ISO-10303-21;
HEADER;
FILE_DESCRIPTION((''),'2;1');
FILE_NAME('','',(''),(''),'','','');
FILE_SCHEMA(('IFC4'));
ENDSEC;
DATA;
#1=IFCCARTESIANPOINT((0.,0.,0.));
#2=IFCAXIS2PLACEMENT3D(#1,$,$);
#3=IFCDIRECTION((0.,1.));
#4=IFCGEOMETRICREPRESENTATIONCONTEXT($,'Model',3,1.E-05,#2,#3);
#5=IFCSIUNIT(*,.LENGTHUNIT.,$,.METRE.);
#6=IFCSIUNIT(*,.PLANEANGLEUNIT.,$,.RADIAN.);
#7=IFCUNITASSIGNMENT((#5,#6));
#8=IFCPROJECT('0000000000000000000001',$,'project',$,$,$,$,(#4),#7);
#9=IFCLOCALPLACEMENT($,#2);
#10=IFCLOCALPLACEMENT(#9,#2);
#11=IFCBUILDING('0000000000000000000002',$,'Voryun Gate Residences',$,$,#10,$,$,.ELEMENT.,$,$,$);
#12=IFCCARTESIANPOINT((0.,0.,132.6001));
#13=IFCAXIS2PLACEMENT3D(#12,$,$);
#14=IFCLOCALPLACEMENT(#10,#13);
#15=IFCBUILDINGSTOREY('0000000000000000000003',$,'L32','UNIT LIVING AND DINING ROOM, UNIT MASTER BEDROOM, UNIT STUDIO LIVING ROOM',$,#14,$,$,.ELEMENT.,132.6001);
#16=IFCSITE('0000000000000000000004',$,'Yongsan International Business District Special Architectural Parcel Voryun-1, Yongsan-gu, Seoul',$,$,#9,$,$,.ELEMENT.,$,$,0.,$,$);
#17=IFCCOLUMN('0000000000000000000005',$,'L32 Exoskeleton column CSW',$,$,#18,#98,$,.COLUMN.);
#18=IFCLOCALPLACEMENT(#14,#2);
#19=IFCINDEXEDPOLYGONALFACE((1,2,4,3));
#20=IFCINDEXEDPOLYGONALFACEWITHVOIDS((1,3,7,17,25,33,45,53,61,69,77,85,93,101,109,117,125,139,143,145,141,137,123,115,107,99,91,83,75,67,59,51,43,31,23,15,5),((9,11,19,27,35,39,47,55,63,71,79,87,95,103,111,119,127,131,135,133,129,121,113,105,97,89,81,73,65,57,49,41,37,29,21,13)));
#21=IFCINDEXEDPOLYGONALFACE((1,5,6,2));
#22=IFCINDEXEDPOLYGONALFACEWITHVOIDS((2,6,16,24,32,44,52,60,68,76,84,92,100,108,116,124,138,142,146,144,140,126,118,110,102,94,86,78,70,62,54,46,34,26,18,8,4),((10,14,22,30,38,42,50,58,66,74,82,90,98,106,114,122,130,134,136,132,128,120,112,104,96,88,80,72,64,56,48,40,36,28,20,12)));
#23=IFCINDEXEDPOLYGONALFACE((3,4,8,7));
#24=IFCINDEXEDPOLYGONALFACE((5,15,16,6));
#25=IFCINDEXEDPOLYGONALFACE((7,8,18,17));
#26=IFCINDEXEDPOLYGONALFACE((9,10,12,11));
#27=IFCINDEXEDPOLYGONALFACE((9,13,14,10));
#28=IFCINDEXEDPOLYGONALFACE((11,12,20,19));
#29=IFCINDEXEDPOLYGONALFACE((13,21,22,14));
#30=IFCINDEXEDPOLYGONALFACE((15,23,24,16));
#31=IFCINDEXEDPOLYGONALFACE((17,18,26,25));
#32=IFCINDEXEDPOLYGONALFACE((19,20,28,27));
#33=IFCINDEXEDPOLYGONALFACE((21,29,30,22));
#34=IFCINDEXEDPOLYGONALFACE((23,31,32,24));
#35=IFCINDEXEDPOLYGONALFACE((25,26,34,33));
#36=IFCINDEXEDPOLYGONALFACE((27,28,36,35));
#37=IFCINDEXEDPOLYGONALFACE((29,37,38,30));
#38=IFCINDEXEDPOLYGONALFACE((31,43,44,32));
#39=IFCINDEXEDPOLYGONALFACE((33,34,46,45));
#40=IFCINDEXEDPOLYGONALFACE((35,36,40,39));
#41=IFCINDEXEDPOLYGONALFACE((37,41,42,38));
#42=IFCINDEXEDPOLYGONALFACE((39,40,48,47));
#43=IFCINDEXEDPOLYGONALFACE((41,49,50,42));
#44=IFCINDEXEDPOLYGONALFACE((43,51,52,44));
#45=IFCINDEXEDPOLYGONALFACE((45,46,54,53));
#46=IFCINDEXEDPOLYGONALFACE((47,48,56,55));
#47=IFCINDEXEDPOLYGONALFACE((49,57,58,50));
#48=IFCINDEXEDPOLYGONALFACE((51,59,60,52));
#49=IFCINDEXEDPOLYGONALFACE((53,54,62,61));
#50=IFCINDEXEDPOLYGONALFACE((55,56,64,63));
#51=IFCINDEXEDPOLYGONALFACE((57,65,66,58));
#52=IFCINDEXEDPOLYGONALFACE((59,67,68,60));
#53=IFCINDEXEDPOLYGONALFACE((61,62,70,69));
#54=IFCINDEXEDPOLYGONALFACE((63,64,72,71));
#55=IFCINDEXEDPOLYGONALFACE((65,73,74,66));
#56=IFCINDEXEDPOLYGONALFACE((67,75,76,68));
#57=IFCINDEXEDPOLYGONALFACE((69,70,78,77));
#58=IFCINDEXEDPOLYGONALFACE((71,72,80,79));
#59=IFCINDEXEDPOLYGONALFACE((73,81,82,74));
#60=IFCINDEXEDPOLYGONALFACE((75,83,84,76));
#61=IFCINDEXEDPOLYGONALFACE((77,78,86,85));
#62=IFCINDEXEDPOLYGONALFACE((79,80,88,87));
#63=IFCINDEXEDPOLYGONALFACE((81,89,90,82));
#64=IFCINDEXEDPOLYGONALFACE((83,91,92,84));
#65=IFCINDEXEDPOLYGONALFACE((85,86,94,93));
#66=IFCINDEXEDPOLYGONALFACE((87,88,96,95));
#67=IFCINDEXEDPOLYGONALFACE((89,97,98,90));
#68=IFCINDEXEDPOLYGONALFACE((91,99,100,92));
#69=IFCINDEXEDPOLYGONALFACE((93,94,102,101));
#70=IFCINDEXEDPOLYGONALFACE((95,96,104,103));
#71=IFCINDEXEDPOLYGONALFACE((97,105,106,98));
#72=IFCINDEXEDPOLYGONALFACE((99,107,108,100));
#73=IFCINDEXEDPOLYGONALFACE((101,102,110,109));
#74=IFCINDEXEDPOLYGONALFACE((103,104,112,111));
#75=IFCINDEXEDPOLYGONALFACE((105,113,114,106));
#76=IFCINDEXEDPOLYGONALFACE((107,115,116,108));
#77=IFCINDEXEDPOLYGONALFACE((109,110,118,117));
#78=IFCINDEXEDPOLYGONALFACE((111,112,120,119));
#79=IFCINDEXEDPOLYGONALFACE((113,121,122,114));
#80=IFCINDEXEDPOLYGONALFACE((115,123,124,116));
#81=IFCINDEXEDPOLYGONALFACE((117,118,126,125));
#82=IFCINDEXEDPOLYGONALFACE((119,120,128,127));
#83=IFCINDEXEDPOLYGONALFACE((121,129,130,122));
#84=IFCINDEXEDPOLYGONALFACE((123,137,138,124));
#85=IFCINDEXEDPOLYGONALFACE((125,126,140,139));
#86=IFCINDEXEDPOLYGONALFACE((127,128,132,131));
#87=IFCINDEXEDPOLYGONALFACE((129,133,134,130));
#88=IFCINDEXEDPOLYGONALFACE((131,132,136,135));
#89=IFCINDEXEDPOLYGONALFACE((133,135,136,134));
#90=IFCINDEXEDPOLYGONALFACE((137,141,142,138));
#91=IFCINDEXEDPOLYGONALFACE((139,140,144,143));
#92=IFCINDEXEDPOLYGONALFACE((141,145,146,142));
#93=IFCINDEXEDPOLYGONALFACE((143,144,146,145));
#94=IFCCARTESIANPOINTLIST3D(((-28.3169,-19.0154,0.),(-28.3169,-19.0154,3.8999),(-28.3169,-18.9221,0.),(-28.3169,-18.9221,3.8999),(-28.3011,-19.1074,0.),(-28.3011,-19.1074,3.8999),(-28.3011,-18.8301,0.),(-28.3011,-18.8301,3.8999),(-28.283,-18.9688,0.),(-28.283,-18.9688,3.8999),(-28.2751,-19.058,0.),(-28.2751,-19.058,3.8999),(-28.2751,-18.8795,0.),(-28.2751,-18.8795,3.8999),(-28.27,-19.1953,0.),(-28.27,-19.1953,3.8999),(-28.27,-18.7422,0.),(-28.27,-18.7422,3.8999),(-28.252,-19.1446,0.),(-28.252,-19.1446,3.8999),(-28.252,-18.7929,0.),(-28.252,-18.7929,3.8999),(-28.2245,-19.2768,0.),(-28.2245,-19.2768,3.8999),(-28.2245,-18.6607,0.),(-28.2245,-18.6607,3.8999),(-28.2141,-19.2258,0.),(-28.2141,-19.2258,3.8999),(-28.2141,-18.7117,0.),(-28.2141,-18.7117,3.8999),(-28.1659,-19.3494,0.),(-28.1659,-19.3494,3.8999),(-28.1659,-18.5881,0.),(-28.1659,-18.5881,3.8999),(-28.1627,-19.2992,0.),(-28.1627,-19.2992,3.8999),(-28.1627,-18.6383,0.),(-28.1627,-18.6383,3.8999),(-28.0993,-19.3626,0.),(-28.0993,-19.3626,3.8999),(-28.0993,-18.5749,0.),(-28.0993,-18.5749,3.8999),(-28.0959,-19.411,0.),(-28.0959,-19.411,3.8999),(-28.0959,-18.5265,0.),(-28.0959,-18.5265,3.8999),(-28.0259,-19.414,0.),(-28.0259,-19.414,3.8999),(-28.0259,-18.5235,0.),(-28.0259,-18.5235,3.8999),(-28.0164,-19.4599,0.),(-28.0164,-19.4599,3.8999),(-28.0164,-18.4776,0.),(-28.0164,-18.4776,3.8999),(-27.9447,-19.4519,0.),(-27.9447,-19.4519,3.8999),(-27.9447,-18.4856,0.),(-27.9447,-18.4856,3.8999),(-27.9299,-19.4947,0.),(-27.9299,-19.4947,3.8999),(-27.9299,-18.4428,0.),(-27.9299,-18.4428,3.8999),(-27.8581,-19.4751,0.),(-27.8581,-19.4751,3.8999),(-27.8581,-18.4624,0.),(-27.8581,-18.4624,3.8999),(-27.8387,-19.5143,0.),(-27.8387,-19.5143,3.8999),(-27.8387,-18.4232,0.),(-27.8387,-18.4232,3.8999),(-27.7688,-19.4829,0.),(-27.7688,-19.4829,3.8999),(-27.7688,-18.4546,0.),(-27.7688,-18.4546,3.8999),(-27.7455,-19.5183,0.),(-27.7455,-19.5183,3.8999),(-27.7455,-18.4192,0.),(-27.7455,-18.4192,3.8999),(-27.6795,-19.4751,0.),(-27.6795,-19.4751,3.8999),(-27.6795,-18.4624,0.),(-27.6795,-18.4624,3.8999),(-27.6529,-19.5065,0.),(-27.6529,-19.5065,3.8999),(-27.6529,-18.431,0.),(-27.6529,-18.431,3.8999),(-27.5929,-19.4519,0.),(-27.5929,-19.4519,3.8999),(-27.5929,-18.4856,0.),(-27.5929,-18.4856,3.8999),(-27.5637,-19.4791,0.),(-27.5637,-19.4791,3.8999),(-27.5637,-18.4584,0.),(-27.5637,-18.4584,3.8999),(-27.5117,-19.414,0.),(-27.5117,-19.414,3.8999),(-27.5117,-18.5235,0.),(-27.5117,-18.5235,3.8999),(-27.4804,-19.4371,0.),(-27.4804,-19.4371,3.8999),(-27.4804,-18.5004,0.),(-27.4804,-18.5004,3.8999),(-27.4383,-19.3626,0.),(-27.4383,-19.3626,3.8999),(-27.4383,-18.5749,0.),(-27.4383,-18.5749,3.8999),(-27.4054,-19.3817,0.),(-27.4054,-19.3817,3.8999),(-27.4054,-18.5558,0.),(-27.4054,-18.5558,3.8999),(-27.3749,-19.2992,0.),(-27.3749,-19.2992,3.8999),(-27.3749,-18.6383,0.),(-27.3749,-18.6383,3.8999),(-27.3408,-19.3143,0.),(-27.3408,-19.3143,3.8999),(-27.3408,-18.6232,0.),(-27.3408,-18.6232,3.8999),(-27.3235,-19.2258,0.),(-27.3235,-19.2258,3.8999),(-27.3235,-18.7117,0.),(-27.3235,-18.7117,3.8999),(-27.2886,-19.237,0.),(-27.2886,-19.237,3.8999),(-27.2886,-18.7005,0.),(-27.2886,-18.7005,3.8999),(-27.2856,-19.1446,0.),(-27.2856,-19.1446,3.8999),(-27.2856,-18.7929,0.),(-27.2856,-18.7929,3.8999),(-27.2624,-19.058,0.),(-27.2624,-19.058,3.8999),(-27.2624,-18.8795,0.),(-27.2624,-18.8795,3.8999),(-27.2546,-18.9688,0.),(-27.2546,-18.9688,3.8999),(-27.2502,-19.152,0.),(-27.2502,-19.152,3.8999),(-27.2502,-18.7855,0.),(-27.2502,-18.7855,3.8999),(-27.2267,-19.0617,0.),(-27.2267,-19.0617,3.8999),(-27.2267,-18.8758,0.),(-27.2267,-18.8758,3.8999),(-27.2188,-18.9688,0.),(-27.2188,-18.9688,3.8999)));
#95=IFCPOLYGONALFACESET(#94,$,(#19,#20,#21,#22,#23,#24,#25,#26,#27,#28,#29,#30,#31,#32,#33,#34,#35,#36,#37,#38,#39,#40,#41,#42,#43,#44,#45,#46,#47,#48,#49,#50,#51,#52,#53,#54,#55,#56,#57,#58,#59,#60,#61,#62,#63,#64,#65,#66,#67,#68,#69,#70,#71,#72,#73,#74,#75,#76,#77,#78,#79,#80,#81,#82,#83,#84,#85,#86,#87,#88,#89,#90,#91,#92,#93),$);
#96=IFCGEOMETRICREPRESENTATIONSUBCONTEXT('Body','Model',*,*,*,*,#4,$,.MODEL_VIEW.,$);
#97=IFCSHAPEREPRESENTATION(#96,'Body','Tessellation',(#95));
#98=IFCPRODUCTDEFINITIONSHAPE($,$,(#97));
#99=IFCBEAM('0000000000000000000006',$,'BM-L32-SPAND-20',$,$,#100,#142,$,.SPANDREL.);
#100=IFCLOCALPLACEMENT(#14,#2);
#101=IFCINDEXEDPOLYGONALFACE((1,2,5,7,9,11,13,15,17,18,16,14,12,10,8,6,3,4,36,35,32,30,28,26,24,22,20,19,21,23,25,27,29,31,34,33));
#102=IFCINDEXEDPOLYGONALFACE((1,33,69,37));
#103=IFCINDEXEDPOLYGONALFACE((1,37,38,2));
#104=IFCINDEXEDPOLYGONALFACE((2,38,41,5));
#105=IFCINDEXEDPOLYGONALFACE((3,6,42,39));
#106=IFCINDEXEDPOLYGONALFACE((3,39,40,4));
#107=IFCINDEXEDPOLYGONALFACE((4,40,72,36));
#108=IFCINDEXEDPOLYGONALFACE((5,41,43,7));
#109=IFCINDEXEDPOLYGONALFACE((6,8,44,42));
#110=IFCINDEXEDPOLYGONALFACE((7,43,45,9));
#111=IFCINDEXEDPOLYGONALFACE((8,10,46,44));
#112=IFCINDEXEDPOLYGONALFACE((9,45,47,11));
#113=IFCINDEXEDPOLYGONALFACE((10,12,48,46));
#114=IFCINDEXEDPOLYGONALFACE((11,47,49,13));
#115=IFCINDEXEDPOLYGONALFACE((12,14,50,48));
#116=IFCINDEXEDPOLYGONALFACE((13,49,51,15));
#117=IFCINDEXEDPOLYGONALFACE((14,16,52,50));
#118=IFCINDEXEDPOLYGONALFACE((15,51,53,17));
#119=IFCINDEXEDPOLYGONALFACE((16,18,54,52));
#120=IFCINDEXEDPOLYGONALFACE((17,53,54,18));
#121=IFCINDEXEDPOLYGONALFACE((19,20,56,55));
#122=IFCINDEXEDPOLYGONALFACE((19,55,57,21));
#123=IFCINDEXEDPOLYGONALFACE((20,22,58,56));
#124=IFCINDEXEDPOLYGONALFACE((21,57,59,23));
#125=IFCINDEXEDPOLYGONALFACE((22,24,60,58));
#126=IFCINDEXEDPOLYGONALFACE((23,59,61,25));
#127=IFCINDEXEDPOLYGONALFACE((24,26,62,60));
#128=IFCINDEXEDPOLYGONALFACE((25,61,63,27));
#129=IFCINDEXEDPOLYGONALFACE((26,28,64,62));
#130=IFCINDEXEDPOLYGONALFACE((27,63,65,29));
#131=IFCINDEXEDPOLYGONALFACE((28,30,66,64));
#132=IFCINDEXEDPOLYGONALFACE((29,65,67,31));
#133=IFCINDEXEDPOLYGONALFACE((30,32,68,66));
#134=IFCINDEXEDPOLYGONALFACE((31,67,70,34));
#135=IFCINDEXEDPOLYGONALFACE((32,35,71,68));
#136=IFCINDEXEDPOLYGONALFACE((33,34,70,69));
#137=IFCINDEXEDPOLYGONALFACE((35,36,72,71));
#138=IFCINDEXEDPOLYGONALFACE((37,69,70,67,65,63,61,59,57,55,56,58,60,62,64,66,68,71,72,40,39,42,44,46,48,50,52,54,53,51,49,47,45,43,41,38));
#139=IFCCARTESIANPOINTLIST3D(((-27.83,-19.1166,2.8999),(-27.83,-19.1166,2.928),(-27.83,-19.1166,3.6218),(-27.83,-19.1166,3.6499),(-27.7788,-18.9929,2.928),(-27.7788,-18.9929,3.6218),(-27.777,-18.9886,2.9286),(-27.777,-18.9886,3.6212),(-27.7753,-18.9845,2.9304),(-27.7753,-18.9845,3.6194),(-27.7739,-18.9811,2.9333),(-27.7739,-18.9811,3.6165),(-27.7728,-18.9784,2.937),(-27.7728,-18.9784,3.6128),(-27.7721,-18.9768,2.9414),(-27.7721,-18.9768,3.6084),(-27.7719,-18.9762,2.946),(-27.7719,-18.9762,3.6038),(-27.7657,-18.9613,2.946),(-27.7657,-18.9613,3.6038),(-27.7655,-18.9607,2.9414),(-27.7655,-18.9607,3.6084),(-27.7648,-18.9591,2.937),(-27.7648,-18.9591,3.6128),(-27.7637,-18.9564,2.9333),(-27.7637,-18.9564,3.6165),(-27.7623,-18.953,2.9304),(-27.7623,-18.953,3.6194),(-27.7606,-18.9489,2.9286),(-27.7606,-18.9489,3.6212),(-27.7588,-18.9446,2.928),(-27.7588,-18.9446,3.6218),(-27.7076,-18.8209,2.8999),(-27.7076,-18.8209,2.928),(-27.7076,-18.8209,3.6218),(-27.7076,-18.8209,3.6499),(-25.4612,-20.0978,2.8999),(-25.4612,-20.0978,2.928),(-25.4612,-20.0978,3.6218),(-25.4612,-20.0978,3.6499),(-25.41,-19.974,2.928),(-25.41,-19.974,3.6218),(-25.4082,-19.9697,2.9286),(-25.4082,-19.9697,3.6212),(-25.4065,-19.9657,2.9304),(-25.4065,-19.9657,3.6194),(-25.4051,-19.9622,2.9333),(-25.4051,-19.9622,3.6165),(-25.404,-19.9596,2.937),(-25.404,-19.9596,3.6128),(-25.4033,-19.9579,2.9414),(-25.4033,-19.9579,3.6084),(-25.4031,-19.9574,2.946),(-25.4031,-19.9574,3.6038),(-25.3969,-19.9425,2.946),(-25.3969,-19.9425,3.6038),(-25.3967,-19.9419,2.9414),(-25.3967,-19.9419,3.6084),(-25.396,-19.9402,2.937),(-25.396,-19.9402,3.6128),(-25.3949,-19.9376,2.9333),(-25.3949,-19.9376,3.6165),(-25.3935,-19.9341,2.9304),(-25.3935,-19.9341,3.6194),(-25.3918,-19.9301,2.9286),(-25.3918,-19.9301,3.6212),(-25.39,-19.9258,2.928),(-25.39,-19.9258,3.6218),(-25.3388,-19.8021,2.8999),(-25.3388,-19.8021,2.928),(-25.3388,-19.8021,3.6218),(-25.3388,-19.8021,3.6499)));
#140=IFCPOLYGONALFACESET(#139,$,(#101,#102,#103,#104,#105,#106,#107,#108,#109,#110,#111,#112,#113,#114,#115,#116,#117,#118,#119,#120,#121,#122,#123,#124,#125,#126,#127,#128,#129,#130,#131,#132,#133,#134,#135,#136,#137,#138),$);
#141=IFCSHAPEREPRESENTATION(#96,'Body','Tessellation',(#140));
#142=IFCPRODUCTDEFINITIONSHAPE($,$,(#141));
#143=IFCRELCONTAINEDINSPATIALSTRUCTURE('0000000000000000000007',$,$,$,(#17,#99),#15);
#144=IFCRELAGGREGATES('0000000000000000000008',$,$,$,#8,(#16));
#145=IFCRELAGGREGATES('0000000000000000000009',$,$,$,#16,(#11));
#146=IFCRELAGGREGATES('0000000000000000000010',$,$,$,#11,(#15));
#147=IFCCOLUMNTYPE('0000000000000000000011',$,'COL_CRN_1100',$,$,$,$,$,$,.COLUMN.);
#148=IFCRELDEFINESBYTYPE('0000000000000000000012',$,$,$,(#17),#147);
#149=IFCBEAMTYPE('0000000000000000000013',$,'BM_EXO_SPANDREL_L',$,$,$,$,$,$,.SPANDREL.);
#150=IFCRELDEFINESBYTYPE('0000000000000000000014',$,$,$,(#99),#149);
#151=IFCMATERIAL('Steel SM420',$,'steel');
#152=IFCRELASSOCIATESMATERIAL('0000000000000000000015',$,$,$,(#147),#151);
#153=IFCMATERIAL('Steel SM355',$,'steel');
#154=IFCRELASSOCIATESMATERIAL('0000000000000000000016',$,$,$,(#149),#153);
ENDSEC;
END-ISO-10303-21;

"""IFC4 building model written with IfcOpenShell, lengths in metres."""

from ifc_helpers import new_model, si_unit, direction, frame, origin, origin_2d, place, context, subcontext, project, spatial, hollow_circle, i_section, extrude, material, material_profile, profile_set, type_object, element, save


model = new_model("IFC4")

# Units and contexts
model_context = context("Model", 3, precision=1e-05, world=origin(), true_north=direction((0.0, 1.0)))
body_context = subcontext(model_context, "Body", "Model", "MODEL_VIEW")
ifc_project = project(units=[si_unit("LENGTHUNIT", "METRE"), si_unit("PLANEANGLEUNIT", "RADIAN")], contexts=[model_context])

# Site, building, storey
site_placement = place(None, origin())
site = spatial("IfcSite", under=ifc_project, at=site_placement, Name="Yongsan International Business District Special Architectural Parcel Voryun-1, Yongsan-gu, Seoul", CompositionType="ELEMENT", RefElevation=0.0)
building_placement = place(site_placement, origin())
building = spatial("IfcBuilding", under=site, at=building_placement, Name="Voryun Gate Residences", CompositionType="ELEMENT")
storey_placement = place(building_placement, frame((0.0, 0.0, 132.6001)))
storey = spatial("IfcBuildingStorey", under=building, at=storey_placement, Name="L32", Description="UNIT LIVING AND DINING ROOM, UNIT MASTER BEDROOM, UNIT STUDIO LIVING ROOM", CompositionType="ELEMENT", Elevation=132.6001)

# Column
ifc_material_1 = material(Name="Steel SM420", Category="steel")
ifc_material_profile_1 = material_profile(ifc_material_1, hollow_circle(Radius=0.55, WallThickness=0.0359, at=origin_2d()), Name="CHS-1100x36")
ifc_profile_set_1 = profile_set([ifc_material_profile_1], Name="Steel SM420")
column_type = type_object("IfcColumnType", Name="COL_CRN_1100", PredefinedType="COLUMN", material=ifc_profile_set_1)
column_placement = place(storey_placement, frame((-27.7688, -18.9688, 0.0), z_axis=(0.0, 0.0, 1.0), x_axis=(1.0, 0.0, 0.0)))
element("IfcColumn", 1, at=column_placement, inside=storey, type_object=column_type, Name="L32 Exoskeleton column CSW", PredefinedType="COLUMN", context=body_context, shape_type="SweptSolid", body=[
    extrude(hollow_circle(Radius=0.55, WallThickness=0.0359, at=origin_2d()), origin(), (0.0, 0.0, 1.0), 3.8999),
])

# Beam
ifc_material_2 = material(Name="Steel SM355", Category="steel")
ifc_material_profile_2 = material_profile(ifc_material_2, i_section(OverallWidth=0.3201, OverallDepth=0.75, WebThickness=0.0161, FlangeThickness=0.0281, FilletRadius=0.0181, at=origin_2d()), Name="H-750x320x16x28")
ifc_profile_set_2 = profile_set([ifc_material_profile_2], Name="Steel SM355")
beam_type = type_object("IfcBeamType", Name="BM_EXO_SPANDREL_L", PredefinedType="SPANDREL", material=ifc_profile_set_2)
beam_placement = place(storey_placement, frame((-27.7688, -18.9688, 3.2749), z_axis=(0.923883, -0.382674, 0.0), x_axis=(0.382674, 0.923883, 0.0)))
element("IfcBeam", 2, at=beam_placement, inside=storey, type_object=beam_type, Name="BM-L32-SPAND-20", PredefinedType="SPANDREL", context=body_context, shape_type="SweptSolid", body=[
    extrude(i_section(OverallWidth=0.3201, OverallDepth=0.75, WebThickness=0.0161, FlangeThickness=0.0281, FilletRadius=0.0181, at=origin_2d()), origin(), (0.0, 0.0, 1.0), 2.564),
])

save(model, "model.ifc")
